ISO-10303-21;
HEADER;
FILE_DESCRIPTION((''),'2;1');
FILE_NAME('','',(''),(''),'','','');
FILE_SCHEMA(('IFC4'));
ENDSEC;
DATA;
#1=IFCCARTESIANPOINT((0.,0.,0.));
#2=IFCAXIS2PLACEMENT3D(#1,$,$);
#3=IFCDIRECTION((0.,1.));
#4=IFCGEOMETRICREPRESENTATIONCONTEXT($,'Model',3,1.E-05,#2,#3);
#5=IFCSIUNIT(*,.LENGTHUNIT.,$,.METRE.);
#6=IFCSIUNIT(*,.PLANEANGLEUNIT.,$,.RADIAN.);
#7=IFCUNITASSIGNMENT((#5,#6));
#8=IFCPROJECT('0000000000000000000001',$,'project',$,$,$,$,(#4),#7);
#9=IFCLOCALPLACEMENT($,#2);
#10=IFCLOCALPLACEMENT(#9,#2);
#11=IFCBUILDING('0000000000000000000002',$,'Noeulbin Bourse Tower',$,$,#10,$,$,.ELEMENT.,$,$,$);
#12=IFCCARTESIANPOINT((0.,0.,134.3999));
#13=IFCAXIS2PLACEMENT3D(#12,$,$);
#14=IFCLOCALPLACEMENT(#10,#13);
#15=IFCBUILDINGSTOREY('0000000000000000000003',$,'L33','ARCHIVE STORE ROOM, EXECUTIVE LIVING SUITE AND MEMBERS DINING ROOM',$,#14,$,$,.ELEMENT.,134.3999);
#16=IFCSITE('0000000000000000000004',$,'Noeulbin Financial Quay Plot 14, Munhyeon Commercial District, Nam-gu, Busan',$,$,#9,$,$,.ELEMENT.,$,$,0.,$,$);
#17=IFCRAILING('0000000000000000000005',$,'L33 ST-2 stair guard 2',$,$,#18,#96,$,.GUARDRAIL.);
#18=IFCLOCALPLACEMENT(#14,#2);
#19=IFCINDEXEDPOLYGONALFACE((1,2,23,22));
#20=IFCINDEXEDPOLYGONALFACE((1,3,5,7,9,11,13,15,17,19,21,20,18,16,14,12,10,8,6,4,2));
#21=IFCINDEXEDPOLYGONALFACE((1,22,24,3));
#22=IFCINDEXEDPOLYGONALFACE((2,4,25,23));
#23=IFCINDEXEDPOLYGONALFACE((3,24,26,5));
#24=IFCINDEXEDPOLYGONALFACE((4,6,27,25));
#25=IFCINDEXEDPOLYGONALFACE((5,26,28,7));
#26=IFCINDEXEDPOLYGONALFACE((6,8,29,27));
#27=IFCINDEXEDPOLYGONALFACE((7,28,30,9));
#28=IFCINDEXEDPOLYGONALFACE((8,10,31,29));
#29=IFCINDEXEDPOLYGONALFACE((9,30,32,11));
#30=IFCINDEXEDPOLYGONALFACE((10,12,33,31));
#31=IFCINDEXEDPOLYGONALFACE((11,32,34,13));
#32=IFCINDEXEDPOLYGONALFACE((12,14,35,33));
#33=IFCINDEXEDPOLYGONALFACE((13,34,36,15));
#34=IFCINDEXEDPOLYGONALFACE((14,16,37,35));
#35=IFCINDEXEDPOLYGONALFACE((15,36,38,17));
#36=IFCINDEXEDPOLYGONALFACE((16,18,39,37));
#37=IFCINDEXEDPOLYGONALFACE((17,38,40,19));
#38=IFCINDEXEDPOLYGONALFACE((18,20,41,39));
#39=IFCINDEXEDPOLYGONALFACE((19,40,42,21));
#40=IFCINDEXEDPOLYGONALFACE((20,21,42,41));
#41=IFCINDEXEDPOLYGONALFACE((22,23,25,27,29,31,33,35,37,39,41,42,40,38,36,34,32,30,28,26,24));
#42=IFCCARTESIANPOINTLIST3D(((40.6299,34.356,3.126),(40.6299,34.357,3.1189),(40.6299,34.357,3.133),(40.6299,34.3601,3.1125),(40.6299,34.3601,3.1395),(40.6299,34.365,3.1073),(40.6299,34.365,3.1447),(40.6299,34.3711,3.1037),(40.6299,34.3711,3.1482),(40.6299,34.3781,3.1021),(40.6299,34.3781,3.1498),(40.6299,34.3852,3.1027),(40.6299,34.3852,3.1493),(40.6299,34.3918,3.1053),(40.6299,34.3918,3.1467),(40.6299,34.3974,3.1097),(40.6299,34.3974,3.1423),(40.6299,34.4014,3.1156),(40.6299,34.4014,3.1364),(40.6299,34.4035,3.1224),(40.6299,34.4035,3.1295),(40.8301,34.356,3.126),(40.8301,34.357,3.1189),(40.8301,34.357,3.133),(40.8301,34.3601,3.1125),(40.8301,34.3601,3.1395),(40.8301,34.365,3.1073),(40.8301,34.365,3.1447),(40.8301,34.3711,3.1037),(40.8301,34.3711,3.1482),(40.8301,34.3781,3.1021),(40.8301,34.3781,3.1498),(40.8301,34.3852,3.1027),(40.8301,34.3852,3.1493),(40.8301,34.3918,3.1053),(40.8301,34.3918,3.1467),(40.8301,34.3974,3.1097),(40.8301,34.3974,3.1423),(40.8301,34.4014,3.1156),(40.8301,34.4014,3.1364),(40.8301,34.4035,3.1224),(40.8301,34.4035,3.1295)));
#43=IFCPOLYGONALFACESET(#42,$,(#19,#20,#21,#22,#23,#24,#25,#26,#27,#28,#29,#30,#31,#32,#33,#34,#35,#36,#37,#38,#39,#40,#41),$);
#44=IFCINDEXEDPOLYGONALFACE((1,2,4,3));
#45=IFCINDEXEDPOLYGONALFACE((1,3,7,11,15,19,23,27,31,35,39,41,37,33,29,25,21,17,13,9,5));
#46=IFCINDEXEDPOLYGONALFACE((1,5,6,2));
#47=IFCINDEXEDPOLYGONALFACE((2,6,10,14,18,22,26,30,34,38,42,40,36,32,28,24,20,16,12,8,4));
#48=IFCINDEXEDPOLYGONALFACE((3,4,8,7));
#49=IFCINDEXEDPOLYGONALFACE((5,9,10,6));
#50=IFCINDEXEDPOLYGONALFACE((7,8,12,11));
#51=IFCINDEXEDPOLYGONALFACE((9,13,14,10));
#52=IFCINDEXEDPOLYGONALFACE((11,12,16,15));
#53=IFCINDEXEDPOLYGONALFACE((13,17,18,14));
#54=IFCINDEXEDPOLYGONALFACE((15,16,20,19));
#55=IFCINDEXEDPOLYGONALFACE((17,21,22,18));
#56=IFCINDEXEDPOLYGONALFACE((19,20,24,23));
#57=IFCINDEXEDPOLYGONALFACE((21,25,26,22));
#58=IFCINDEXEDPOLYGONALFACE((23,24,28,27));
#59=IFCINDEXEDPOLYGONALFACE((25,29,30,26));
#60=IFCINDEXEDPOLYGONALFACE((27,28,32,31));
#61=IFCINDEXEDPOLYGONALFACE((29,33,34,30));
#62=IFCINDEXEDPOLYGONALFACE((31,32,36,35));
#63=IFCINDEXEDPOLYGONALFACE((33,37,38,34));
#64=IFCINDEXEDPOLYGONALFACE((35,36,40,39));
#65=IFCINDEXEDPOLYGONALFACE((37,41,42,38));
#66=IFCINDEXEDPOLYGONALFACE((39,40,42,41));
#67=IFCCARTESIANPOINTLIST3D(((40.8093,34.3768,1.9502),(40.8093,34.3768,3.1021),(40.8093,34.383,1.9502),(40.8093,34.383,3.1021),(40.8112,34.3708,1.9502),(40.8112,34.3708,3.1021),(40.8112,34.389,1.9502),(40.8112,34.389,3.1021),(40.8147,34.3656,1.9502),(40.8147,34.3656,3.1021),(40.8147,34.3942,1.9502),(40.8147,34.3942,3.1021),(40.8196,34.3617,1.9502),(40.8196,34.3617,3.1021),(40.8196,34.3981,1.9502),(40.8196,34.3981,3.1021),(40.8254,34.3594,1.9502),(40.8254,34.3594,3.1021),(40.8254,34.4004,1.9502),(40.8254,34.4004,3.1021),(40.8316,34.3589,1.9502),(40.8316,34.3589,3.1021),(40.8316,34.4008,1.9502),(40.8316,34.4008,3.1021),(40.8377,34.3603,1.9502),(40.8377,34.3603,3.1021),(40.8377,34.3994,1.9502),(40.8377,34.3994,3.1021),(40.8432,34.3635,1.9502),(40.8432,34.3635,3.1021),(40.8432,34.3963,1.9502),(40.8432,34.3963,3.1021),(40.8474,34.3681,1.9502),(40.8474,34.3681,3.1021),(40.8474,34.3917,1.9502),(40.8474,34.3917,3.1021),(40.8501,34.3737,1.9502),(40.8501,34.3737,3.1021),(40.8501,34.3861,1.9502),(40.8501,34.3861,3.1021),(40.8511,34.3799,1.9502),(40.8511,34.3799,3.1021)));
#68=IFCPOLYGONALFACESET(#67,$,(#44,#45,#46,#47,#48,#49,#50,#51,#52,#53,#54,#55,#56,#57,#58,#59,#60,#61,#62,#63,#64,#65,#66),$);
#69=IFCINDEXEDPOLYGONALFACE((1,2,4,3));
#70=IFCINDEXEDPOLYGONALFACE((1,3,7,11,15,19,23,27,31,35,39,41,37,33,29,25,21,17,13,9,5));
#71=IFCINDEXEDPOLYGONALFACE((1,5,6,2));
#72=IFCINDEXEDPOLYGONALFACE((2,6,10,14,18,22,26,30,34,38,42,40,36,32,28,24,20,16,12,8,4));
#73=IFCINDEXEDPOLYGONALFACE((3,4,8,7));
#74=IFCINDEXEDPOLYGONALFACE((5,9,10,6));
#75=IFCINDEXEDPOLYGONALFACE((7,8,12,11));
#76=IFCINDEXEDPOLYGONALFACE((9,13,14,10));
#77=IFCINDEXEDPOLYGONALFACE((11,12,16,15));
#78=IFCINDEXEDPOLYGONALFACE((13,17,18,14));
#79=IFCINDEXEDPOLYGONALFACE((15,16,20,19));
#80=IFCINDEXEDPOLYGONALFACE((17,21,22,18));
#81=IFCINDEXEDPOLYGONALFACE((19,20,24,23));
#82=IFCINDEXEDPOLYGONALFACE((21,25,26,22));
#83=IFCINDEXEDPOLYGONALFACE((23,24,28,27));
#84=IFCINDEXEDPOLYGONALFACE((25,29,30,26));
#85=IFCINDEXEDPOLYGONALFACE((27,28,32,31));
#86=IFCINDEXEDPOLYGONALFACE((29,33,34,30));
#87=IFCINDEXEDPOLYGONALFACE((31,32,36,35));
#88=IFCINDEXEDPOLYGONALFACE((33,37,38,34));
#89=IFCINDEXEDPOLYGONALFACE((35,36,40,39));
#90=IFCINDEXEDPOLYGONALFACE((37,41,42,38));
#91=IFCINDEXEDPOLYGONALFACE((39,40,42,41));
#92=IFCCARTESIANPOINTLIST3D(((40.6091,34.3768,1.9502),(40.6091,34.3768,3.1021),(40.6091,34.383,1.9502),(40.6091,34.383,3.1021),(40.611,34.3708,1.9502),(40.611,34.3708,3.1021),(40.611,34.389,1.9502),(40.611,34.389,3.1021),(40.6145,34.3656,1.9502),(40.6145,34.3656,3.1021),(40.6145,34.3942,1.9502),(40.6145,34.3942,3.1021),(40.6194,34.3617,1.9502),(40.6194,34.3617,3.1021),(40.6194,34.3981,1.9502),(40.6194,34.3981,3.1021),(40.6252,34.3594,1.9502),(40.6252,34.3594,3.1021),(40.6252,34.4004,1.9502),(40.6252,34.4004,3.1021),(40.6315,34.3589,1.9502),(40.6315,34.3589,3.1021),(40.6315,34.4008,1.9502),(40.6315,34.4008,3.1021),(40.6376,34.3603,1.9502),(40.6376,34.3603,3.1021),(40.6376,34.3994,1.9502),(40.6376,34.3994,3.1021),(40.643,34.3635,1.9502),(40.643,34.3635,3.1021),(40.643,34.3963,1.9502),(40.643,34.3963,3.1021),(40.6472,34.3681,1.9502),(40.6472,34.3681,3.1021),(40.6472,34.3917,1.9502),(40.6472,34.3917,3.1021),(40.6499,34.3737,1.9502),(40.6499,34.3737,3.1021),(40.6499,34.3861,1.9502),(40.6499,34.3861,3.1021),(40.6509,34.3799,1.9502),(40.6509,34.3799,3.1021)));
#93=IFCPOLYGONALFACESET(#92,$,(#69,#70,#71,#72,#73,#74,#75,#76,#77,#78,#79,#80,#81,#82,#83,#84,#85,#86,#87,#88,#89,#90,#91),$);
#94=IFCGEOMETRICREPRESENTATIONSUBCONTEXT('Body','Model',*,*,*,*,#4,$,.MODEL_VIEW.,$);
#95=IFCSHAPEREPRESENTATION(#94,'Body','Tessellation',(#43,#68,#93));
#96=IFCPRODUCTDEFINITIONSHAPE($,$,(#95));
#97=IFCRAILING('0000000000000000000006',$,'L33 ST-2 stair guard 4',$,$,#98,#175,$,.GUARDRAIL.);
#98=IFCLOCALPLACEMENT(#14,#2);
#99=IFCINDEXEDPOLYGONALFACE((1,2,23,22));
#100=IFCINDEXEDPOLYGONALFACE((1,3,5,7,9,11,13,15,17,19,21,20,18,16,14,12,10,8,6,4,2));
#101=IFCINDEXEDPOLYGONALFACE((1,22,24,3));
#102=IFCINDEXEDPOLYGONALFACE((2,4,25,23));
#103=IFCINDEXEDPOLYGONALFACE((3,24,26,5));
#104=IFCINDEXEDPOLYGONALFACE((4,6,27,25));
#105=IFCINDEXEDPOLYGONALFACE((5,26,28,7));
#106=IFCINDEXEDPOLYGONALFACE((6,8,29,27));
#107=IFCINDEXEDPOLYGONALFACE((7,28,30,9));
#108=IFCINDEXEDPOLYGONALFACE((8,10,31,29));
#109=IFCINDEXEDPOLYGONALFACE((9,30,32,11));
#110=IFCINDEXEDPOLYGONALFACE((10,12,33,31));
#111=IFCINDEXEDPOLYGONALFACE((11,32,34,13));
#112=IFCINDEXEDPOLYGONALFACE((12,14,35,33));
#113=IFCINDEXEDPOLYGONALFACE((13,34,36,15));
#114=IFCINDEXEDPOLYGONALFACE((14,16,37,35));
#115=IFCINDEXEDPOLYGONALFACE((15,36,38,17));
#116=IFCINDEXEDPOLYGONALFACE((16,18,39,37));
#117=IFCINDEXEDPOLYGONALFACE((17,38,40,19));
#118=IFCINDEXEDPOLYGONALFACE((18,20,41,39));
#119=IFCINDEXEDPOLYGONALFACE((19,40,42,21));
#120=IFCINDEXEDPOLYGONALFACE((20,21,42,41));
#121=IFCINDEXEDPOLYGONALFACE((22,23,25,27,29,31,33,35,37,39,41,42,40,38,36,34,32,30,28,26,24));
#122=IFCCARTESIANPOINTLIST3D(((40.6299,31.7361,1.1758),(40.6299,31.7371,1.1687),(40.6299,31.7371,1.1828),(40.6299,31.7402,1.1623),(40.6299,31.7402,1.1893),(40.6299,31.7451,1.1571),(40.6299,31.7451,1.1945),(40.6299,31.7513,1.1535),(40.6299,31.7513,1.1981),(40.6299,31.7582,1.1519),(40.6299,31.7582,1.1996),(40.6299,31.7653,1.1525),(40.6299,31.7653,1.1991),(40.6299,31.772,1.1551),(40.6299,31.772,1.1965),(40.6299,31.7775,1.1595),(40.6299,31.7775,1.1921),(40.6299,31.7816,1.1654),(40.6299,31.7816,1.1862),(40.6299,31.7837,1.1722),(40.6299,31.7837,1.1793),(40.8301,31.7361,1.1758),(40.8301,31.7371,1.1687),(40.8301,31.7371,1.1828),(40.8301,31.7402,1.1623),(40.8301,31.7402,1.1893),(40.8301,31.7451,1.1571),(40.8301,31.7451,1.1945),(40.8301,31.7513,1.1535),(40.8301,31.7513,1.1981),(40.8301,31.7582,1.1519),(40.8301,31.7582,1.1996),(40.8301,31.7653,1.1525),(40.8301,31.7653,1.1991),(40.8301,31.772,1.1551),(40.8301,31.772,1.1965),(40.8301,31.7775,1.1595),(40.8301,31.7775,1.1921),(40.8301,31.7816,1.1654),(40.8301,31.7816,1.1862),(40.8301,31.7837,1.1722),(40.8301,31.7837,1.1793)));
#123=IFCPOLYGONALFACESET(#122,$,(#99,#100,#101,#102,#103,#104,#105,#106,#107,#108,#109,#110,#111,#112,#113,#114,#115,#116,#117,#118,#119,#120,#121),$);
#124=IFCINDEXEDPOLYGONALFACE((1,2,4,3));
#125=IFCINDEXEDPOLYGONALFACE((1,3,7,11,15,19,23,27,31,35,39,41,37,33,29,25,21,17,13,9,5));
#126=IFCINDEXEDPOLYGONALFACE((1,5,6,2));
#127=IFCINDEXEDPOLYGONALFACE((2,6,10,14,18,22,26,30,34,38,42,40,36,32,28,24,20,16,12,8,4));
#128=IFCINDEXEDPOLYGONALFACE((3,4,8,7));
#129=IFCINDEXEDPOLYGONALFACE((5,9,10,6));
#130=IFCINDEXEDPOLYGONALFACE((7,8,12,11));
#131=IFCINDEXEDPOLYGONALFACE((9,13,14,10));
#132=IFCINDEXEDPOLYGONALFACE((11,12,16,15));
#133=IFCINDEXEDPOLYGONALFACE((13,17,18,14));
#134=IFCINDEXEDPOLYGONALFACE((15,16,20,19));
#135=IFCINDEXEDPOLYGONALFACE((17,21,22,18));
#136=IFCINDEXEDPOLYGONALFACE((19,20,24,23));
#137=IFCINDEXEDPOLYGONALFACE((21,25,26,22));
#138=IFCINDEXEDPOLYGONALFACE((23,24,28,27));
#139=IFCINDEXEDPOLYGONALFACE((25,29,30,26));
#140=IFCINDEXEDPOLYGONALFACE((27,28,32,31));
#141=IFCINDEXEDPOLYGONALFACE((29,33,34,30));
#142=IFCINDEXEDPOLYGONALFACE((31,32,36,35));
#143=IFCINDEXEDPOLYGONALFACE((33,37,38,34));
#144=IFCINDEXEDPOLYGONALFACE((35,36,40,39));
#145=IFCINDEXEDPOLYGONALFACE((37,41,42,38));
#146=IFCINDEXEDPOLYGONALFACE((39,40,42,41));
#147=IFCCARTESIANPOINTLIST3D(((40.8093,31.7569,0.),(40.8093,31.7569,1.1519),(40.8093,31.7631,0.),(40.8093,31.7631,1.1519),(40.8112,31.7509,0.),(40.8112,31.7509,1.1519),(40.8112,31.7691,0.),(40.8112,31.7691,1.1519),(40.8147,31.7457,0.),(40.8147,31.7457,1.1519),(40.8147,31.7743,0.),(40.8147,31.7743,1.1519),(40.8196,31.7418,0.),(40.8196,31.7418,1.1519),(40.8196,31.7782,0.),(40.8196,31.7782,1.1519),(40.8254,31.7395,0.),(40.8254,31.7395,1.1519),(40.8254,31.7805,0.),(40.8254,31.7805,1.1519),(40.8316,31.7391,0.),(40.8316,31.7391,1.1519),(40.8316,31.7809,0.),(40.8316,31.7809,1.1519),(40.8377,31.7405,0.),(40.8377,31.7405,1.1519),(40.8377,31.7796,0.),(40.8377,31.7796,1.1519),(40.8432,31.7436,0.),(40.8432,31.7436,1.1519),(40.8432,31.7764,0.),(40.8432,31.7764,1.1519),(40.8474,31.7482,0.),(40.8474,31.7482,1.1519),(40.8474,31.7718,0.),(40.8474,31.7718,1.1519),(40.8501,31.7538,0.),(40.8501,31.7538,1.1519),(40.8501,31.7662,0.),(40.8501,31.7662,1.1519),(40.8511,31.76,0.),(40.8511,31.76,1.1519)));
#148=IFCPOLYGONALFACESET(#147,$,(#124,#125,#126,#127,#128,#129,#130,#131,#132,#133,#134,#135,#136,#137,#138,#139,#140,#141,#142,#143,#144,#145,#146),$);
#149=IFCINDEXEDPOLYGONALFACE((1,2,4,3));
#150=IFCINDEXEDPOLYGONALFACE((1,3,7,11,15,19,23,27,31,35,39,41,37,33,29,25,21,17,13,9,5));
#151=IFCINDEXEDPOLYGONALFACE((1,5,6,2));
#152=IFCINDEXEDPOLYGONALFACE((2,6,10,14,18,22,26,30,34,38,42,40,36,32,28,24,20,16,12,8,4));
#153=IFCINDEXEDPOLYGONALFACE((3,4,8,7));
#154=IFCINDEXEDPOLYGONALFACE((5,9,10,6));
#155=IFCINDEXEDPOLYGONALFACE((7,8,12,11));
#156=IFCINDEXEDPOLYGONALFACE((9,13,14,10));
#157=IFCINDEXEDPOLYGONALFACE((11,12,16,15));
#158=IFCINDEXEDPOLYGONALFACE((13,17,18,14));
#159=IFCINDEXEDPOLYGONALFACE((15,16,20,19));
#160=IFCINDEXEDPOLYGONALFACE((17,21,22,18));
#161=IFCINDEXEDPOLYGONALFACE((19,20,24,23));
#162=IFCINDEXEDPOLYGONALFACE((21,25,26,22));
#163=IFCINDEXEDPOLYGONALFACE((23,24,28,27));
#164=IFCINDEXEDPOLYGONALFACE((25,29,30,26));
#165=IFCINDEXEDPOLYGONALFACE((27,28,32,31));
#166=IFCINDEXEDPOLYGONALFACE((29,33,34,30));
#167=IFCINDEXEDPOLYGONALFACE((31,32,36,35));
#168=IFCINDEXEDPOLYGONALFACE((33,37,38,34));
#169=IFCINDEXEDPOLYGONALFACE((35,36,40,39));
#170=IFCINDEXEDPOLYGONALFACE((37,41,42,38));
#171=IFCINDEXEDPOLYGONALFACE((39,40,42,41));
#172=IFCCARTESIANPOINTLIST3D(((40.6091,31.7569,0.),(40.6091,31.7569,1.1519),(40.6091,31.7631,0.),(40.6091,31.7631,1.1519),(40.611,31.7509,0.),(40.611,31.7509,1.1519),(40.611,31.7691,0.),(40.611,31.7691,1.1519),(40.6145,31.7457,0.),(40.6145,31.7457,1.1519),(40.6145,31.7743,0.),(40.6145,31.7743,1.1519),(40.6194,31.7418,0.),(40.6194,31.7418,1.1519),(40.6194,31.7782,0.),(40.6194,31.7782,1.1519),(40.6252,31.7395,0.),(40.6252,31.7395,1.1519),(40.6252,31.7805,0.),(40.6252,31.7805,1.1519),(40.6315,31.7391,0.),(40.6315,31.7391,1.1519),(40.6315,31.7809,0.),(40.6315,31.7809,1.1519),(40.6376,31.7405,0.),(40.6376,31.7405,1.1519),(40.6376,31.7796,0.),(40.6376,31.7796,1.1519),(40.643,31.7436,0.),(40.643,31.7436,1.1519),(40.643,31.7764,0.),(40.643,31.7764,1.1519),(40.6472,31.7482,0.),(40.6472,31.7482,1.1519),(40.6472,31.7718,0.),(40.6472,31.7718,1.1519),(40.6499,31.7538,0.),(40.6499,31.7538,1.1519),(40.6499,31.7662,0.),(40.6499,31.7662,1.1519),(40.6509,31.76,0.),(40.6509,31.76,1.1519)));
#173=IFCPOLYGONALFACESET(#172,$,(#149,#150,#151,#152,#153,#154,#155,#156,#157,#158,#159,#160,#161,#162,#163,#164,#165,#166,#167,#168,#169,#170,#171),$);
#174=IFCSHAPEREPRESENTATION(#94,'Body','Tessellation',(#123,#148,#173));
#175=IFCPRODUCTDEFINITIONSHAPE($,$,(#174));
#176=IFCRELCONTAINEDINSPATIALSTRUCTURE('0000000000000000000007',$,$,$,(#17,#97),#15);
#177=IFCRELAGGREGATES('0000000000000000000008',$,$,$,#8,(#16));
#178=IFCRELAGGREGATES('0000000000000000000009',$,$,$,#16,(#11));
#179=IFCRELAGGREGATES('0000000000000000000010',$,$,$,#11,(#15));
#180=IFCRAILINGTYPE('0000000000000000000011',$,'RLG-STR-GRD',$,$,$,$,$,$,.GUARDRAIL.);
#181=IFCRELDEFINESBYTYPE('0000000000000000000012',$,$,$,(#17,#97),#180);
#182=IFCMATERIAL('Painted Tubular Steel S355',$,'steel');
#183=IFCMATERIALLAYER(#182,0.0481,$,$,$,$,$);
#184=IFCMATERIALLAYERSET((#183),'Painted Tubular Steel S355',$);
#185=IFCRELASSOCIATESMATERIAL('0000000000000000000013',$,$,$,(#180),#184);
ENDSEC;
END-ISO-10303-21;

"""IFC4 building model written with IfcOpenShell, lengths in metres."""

from ifc_helpers import new_model, si_unit, direction, frame, origin, origin_2d, place, context, subcontext, project, spatial, circle, extrude, material, layer, layer_set, type_object, element, save


model = new_model("IFC4")

# Units and contexts
model_context = context("Model", 3, precision=1e-05, world=origin(), true_north=direction((0.0, 1.0)))
body_context = subcontext(model_context, "Body", "Model", "MODEL_VIEW")
ifc_project = project(units=[si_unit("LENGTHUNIT", "METRE"), si_unit("PLANEANGLEUNIT", "RADIAN")], contexts=[model_context])

# Site, building, storey
site_placement = place(None, origin())
site = spatial("IfcSite", under=ifc_project, at=site_placement, Name="Noeulbin Financial Quay Plot 14, Munhyeon Commercial District, Nam-gu, Busan", CompositionType="ELEMENT", RefElevation=0.0)
building_placement = place(site_placement, origin())
building = spatial("IfcBuilding", under=site, at=building_placement, Name="Noeulbin Bourse Tower", CompositionType="ELEMENT")
storey_placement = place(building_placement, frame((0.0, 0.0, 134.3999)))
storey = spatial("IfcBuildingStorey", under=building, at=storey_placement, Name="L33", Description="ARCHIVE STORE ROOM, EXECUTIVE LIVING SUITE AND MEMBERS DINING ROOM", CompositionType="ELEMENT", Elevation=134.3999)

# Railings
ifc_material_1 = material(Name="Painted Tubular Steel S355", Category="steel")
ifc_layer_1 = layer(ifc_material_1, 0.0481)
ifc_layer_set_1 = layer_set([ifc_layer_1], Name="Painted Tubular Steel S355")
railing_type_1 = type_object("IfcRailingType", Name="RLG-STR-GRD", PredefinedType="GUARDRAIL", material=ifc_layer_set_1)
for number, where, name in (
    (1, (40.8301, 34.3799, 1.9502), "L33 ST-2 stair guard 2"),
    (2, (40.8301, 31.76, 0.0), "L33 ST-2 stair guard 4"),
):
    element("IfcRailing", number, at=place(storey_placement, frame(where)), inside=storey, type_object=railing_type_1, Name=name, PredefinedType="GUARDRAIL", context=body_context, shape_type="SweptSolid", body=[
        extrude(circle(Radius=0.0239, at=origin_2d()), frame((0.0, 0.0, 1.1758), z_axis=(-1.0, 0.0, 0.0), x_axis=(0.0, -1.0, 0.0)), (0.0, 0.0, 1.0), 0.2002),
        extrude(circle(Radius=0.021, at=origin_2d()), origin(), (0.0, 0.0, 1.0), 1.1519),
        extrude(circle(Radius=0.021, at=origin_2d()), frame((-0.2002, 0.0, 0.0)), (0.0, 0.0, 1.0), 1.1519),
    ])

save(model, "model.ifc")
